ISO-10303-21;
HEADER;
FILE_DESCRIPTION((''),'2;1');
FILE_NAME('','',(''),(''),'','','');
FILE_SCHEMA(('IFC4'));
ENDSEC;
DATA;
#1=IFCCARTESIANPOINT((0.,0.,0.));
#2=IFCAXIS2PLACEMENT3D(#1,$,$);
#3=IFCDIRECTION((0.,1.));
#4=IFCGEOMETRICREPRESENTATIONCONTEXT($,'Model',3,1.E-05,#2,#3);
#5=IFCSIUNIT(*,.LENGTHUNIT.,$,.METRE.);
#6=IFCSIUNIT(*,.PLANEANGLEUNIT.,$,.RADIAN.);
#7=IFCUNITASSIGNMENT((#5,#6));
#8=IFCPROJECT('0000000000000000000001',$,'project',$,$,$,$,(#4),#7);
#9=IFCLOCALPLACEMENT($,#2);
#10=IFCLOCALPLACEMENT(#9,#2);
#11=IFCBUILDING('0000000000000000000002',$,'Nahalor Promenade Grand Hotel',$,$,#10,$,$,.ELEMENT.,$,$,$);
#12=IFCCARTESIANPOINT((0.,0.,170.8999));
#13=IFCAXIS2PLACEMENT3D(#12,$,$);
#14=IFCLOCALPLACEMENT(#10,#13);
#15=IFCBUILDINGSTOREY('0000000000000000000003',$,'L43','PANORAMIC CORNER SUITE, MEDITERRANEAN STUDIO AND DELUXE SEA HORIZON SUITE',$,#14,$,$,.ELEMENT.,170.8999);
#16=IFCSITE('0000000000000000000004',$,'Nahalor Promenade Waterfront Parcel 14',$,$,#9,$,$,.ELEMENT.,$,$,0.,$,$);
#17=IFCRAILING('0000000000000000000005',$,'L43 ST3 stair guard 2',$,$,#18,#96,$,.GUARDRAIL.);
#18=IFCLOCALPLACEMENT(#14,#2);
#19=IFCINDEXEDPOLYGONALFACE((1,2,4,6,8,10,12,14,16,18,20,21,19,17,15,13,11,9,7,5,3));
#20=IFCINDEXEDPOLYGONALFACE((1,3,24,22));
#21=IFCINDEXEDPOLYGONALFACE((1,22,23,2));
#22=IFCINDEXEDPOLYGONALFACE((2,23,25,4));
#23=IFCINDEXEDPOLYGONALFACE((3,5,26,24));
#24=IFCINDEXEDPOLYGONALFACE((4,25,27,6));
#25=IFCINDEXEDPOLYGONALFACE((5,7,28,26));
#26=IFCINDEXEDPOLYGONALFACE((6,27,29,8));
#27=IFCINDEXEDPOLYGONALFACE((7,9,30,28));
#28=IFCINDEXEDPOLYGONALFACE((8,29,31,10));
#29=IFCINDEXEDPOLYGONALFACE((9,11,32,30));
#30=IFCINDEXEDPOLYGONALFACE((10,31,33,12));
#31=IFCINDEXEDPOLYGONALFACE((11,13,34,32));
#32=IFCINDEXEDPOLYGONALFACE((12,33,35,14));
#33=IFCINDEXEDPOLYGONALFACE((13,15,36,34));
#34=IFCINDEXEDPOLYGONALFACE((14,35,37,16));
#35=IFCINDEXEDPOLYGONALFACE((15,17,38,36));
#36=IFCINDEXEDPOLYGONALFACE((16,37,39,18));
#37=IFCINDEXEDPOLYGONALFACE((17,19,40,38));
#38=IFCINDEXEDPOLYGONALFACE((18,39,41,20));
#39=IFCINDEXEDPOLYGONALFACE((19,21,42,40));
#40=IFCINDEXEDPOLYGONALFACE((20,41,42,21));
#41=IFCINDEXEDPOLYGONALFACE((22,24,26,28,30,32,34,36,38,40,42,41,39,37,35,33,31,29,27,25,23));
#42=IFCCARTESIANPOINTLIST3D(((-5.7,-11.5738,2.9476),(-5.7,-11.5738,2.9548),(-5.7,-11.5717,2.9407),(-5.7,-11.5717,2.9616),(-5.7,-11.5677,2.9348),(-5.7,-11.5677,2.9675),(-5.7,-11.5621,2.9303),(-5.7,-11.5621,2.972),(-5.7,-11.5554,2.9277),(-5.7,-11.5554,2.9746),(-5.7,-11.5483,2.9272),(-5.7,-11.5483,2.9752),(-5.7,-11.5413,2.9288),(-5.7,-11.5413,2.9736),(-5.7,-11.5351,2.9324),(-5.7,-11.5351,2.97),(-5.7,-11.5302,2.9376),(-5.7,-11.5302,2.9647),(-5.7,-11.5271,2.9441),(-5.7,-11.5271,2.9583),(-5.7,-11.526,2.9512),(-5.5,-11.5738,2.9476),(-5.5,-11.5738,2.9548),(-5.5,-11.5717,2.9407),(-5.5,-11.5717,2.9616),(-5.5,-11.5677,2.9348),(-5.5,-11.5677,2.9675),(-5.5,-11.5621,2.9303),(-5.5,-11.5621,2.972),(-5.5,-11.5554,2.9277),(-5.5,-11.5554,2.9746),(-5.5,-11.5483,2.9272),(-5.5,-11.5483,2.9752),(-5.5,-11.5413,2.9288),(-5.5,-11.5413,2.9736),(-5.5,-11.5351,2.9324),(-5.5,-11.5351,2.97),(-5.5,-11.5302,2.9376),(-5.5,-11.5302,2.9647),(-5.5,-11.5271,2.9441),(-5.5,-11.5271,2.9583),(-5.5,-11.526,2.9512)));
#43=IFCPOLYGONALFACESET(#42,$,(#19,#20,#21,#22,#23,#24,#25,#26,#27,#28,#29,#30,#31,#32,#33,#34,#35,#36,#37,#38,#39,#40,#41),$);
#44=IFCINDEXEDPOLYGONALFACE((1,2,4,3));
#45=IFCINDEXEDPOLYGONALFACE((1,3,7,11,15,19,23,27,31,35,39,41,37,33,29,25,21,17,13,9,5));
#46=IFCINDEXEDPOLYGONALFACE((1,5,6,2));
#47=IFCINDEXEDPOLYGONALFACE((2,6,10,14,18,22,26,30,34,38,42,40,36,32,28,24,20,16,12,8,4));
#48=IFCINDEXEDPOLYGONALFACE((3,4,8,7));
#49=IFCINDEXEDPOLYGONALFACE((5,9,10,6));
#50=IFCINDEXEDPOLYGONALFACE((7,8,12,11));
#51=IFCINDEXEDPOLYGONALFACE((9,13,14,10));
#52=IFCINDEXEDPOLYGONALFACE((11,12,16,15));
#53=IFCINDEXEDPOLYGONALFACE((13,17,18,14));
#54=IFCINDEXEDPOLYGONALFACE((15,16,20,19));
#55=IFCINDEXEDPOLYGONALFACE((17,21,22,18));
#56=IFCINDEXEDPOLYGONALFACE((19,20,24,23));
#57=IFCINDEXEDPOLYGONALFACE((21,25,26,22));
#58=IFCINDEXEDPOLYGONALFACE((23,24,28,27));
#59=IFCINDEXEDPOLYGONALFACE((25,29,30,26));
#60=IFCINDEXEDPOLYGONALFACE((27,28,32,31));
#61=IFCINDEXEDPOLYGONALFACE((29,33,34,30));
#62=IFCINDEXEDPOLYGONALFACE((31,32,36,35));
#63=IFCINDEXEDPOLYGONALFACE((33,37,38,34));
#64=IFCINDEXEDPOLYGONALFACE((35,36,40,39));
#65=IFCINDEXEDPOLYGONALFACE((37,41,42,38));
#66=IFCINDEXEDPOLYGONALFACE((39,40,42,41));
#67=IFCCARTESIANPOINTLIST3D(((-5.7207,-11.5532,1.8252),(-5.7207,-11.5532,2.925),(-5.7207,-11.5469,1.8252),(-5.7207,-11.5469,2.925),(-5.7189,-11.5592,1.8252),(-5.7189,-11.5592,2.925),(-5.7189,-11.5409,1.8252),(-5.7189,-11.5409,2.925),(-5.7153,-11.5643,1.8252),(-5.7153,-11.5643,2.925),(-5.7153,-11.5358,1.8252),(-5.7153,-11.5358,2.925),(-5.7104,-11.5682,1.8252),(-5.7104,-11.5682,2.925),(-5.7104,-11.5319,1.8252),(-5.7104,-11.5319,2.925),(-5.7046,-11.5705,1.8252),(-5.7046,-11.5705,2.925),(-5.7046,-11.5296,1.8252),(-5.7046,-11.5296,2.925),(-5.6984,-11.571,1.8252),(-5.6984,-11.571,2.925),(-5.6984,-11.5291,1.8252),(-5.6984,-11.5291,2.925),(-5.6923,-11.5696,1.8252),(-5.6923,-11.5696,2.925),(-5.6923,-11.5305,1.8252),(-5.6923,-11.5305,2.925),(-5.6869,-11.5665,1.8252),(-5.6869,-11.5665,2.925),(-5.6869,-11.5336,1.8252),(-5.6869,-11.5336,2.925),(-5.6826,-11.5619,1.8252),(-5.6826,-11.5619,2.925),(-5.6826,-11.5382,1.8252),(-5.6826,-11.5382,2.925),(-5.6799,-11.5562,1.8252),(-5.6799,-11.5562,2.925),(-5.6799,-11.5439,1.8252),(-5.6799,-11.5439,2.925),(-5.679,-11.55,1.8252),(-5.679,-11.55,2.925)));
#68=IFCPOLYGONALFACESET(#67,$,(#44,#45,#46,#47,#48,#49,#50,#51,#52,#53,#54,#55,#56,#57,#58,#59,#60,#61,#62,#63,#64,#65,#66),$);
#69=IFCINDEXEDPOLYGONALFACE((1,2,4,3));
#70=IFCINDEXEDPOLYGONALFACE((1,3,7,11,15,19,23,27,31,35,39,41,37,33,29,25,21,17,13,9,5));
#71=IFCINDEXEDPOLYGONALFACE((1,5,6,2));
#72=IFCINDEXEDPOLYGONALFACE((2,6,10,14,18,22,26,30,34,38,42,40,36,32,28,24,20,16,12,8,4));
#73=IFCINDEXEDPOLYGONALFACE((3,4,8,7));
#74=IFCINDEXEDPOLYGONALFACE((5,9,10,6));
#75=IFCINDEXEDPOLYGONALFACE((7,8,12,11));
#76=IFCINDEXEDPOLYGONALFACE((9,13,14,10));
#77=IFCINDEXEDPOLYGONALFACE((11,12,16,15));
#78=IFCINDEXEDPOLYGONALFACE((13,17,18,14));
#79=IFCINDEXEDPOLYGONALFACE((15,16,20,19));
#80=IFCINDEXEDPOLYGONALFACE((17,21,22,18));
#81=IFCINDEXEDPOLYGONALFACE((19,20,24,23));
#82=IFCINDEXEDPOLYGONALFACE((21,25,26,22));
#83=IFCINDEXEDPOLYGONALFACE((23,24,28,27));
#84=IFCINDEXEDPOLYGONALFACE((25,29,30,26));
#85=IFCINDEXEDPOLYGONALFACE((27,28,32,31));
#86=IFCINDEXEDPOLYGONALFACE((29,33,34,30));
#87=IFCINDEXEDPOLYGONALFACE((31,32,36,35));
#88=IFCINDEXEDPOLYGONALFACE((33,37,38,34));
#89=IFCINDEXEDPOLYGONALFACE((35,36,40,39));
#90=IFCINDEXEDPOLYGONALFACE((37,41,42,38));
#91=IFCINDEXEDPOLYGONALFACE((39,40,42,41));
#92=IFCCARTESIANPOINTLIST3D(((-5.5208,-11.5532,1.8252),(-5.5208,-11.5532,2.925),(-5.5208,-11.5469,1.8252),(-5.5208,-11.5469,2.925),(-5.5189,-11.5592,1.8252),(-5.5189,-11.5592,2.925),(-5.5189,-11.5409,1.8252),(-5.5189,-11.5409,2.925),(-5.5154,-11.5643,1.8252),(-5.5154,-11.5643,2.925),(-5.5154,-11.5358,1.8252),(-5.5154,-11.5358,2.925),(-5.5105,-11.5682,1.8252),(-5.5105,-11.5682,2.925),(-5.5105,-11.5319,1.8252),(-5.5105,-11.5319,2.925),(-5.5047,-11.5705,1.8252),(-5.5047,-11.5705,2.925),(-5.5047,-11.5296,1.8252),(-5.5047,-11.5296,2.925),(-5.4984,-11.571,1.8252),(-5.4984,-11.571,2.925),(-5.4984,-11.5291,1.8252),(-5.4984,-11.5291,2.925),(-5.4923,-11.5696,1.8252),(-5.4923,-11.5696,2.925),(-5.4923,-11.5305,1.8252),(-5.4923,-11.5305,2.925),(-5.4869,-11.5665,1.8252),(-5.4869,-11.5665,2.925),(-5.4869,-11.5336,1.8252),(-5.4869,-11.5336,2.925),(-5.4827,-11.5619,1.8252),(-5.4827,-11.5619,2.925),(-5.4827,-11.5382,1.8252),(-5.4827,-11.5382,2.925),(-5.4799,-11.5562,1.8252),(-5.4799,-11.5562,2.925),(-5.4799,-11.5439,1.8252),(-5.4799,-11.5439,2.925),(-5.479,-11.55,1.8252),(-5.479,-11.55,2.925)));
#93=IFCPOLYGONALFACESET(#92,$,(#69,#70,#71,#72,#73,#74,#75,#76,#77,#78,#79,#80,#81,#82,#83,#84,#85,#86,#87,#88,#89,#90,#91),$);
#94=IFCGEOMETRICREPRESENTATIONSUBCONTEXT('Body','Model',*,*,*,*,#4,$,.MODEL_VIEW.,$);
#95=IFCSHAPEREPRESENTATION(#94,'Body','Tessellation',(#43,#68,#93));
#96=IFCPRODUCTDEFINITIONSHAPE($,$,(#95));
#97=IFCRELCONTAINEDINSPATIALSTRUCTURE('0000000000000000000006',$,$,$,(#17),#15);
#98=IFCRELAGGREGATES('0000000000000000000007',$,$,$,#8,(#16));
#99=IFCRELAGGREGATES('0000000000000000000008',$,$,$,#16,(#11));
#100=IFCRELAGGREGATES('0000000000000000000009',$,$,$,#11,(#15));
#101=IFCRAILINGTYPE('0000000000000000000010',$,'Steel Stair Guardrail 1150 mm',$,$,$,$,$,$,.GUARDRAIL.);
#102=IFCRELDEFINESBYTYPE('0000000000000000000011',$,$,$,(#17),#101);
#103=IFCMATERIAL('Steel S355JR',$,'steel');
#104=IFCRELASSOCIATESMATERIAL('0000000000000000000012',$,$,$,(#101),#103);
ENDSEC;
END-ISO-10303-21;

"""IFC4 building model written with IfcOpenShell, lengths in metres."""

from ifc_helpers import new_model, si_unit, direction, frame, origin, origin_2d, place, context, subcontext, project, spatial, circle, extrude, material, type_object, element, save


model = new_model("IFC4")

# Units and contexts
model_context = context("Model", 3, precision=1e-05, world=origin(), true_north=direction((0.0, 1.0)))
body_context = subcontext(model_context, "Body", "Model", "MODEL_VIEW")
ifc_project = project(units=[si_unit("LENGTHUNIT", "METRE"), si_unit("PLANEANGLEUNIT", "RADIAN")], contexts=[model_context])

# Site, building, storey
site_placement = place(None, origin())
site = spatial("IfcSite", under=ifc_project, at=site_placement, Name="Nahalor Promenade Waterfront Parcel 14", CompositionType="ELEMENT", RefElevation=0.0)
building_placement = place(site_placement, origin())
building = spatial("IfcBuilding", under=site, at=building_placement, Name="Nahalor Promenade Grand Hotel", CompositionType="ELEMENT")
storey_placement = place(building_placement, frame((0.0, 0.0, 170.8999)))
storey = spatial("IfcBuildingStorey", under=building, at=storey_placement, Name="L43", Description="PANORAMIC CORNER SUITE, MEDITERRANEAN STUDIO AND DELUXE SEA HORIZON SUITE", CompositionType="ELEMENT", Elevation=170.8999)

# Shared definitions
ifc_material_1 = material(Name="Steel S355JR", Category="steel")

# Railing
railing_type_1 = type_object("IfcRailingType", Name="Steel Stair Guardrail 1150 mm", PredefinedType="GUARDRAIL", material=ifc_material_1)
railing_1_placement = place(storey_placement, frame((-5.7, -11.55, 1.8252)))
element("IfcRailing", 1, at=railing_1_placement, inside=storey, type_object=railing_type_1, Name="L43 ST3 stair guard 2", PredefinedType="GUARDRAIL", context=body_context, shape_type="SweptSolid", body=[
    extrude(circle(Radius=0.024, at=origin_2d()), frame((0.0, 0.0, 1.126), z_axis=(1.0, 0.0, 0.0), x_axis=(0.0, 1.0, 0.0)), (0.0, 0.0, 1.0), 0.2),
    extrude(circle(Radius=0.021, at=origin_2d()), origin(), (0.0, 0.0, 1.0), 1.0999),
    extrude(circle(Radius=0.021, at=origin_2d()), frame((0.2, 0.0, 0.0)), (0.0, 0.0, 1.0), 1.0999),
])

save(model, "model.ifc")
